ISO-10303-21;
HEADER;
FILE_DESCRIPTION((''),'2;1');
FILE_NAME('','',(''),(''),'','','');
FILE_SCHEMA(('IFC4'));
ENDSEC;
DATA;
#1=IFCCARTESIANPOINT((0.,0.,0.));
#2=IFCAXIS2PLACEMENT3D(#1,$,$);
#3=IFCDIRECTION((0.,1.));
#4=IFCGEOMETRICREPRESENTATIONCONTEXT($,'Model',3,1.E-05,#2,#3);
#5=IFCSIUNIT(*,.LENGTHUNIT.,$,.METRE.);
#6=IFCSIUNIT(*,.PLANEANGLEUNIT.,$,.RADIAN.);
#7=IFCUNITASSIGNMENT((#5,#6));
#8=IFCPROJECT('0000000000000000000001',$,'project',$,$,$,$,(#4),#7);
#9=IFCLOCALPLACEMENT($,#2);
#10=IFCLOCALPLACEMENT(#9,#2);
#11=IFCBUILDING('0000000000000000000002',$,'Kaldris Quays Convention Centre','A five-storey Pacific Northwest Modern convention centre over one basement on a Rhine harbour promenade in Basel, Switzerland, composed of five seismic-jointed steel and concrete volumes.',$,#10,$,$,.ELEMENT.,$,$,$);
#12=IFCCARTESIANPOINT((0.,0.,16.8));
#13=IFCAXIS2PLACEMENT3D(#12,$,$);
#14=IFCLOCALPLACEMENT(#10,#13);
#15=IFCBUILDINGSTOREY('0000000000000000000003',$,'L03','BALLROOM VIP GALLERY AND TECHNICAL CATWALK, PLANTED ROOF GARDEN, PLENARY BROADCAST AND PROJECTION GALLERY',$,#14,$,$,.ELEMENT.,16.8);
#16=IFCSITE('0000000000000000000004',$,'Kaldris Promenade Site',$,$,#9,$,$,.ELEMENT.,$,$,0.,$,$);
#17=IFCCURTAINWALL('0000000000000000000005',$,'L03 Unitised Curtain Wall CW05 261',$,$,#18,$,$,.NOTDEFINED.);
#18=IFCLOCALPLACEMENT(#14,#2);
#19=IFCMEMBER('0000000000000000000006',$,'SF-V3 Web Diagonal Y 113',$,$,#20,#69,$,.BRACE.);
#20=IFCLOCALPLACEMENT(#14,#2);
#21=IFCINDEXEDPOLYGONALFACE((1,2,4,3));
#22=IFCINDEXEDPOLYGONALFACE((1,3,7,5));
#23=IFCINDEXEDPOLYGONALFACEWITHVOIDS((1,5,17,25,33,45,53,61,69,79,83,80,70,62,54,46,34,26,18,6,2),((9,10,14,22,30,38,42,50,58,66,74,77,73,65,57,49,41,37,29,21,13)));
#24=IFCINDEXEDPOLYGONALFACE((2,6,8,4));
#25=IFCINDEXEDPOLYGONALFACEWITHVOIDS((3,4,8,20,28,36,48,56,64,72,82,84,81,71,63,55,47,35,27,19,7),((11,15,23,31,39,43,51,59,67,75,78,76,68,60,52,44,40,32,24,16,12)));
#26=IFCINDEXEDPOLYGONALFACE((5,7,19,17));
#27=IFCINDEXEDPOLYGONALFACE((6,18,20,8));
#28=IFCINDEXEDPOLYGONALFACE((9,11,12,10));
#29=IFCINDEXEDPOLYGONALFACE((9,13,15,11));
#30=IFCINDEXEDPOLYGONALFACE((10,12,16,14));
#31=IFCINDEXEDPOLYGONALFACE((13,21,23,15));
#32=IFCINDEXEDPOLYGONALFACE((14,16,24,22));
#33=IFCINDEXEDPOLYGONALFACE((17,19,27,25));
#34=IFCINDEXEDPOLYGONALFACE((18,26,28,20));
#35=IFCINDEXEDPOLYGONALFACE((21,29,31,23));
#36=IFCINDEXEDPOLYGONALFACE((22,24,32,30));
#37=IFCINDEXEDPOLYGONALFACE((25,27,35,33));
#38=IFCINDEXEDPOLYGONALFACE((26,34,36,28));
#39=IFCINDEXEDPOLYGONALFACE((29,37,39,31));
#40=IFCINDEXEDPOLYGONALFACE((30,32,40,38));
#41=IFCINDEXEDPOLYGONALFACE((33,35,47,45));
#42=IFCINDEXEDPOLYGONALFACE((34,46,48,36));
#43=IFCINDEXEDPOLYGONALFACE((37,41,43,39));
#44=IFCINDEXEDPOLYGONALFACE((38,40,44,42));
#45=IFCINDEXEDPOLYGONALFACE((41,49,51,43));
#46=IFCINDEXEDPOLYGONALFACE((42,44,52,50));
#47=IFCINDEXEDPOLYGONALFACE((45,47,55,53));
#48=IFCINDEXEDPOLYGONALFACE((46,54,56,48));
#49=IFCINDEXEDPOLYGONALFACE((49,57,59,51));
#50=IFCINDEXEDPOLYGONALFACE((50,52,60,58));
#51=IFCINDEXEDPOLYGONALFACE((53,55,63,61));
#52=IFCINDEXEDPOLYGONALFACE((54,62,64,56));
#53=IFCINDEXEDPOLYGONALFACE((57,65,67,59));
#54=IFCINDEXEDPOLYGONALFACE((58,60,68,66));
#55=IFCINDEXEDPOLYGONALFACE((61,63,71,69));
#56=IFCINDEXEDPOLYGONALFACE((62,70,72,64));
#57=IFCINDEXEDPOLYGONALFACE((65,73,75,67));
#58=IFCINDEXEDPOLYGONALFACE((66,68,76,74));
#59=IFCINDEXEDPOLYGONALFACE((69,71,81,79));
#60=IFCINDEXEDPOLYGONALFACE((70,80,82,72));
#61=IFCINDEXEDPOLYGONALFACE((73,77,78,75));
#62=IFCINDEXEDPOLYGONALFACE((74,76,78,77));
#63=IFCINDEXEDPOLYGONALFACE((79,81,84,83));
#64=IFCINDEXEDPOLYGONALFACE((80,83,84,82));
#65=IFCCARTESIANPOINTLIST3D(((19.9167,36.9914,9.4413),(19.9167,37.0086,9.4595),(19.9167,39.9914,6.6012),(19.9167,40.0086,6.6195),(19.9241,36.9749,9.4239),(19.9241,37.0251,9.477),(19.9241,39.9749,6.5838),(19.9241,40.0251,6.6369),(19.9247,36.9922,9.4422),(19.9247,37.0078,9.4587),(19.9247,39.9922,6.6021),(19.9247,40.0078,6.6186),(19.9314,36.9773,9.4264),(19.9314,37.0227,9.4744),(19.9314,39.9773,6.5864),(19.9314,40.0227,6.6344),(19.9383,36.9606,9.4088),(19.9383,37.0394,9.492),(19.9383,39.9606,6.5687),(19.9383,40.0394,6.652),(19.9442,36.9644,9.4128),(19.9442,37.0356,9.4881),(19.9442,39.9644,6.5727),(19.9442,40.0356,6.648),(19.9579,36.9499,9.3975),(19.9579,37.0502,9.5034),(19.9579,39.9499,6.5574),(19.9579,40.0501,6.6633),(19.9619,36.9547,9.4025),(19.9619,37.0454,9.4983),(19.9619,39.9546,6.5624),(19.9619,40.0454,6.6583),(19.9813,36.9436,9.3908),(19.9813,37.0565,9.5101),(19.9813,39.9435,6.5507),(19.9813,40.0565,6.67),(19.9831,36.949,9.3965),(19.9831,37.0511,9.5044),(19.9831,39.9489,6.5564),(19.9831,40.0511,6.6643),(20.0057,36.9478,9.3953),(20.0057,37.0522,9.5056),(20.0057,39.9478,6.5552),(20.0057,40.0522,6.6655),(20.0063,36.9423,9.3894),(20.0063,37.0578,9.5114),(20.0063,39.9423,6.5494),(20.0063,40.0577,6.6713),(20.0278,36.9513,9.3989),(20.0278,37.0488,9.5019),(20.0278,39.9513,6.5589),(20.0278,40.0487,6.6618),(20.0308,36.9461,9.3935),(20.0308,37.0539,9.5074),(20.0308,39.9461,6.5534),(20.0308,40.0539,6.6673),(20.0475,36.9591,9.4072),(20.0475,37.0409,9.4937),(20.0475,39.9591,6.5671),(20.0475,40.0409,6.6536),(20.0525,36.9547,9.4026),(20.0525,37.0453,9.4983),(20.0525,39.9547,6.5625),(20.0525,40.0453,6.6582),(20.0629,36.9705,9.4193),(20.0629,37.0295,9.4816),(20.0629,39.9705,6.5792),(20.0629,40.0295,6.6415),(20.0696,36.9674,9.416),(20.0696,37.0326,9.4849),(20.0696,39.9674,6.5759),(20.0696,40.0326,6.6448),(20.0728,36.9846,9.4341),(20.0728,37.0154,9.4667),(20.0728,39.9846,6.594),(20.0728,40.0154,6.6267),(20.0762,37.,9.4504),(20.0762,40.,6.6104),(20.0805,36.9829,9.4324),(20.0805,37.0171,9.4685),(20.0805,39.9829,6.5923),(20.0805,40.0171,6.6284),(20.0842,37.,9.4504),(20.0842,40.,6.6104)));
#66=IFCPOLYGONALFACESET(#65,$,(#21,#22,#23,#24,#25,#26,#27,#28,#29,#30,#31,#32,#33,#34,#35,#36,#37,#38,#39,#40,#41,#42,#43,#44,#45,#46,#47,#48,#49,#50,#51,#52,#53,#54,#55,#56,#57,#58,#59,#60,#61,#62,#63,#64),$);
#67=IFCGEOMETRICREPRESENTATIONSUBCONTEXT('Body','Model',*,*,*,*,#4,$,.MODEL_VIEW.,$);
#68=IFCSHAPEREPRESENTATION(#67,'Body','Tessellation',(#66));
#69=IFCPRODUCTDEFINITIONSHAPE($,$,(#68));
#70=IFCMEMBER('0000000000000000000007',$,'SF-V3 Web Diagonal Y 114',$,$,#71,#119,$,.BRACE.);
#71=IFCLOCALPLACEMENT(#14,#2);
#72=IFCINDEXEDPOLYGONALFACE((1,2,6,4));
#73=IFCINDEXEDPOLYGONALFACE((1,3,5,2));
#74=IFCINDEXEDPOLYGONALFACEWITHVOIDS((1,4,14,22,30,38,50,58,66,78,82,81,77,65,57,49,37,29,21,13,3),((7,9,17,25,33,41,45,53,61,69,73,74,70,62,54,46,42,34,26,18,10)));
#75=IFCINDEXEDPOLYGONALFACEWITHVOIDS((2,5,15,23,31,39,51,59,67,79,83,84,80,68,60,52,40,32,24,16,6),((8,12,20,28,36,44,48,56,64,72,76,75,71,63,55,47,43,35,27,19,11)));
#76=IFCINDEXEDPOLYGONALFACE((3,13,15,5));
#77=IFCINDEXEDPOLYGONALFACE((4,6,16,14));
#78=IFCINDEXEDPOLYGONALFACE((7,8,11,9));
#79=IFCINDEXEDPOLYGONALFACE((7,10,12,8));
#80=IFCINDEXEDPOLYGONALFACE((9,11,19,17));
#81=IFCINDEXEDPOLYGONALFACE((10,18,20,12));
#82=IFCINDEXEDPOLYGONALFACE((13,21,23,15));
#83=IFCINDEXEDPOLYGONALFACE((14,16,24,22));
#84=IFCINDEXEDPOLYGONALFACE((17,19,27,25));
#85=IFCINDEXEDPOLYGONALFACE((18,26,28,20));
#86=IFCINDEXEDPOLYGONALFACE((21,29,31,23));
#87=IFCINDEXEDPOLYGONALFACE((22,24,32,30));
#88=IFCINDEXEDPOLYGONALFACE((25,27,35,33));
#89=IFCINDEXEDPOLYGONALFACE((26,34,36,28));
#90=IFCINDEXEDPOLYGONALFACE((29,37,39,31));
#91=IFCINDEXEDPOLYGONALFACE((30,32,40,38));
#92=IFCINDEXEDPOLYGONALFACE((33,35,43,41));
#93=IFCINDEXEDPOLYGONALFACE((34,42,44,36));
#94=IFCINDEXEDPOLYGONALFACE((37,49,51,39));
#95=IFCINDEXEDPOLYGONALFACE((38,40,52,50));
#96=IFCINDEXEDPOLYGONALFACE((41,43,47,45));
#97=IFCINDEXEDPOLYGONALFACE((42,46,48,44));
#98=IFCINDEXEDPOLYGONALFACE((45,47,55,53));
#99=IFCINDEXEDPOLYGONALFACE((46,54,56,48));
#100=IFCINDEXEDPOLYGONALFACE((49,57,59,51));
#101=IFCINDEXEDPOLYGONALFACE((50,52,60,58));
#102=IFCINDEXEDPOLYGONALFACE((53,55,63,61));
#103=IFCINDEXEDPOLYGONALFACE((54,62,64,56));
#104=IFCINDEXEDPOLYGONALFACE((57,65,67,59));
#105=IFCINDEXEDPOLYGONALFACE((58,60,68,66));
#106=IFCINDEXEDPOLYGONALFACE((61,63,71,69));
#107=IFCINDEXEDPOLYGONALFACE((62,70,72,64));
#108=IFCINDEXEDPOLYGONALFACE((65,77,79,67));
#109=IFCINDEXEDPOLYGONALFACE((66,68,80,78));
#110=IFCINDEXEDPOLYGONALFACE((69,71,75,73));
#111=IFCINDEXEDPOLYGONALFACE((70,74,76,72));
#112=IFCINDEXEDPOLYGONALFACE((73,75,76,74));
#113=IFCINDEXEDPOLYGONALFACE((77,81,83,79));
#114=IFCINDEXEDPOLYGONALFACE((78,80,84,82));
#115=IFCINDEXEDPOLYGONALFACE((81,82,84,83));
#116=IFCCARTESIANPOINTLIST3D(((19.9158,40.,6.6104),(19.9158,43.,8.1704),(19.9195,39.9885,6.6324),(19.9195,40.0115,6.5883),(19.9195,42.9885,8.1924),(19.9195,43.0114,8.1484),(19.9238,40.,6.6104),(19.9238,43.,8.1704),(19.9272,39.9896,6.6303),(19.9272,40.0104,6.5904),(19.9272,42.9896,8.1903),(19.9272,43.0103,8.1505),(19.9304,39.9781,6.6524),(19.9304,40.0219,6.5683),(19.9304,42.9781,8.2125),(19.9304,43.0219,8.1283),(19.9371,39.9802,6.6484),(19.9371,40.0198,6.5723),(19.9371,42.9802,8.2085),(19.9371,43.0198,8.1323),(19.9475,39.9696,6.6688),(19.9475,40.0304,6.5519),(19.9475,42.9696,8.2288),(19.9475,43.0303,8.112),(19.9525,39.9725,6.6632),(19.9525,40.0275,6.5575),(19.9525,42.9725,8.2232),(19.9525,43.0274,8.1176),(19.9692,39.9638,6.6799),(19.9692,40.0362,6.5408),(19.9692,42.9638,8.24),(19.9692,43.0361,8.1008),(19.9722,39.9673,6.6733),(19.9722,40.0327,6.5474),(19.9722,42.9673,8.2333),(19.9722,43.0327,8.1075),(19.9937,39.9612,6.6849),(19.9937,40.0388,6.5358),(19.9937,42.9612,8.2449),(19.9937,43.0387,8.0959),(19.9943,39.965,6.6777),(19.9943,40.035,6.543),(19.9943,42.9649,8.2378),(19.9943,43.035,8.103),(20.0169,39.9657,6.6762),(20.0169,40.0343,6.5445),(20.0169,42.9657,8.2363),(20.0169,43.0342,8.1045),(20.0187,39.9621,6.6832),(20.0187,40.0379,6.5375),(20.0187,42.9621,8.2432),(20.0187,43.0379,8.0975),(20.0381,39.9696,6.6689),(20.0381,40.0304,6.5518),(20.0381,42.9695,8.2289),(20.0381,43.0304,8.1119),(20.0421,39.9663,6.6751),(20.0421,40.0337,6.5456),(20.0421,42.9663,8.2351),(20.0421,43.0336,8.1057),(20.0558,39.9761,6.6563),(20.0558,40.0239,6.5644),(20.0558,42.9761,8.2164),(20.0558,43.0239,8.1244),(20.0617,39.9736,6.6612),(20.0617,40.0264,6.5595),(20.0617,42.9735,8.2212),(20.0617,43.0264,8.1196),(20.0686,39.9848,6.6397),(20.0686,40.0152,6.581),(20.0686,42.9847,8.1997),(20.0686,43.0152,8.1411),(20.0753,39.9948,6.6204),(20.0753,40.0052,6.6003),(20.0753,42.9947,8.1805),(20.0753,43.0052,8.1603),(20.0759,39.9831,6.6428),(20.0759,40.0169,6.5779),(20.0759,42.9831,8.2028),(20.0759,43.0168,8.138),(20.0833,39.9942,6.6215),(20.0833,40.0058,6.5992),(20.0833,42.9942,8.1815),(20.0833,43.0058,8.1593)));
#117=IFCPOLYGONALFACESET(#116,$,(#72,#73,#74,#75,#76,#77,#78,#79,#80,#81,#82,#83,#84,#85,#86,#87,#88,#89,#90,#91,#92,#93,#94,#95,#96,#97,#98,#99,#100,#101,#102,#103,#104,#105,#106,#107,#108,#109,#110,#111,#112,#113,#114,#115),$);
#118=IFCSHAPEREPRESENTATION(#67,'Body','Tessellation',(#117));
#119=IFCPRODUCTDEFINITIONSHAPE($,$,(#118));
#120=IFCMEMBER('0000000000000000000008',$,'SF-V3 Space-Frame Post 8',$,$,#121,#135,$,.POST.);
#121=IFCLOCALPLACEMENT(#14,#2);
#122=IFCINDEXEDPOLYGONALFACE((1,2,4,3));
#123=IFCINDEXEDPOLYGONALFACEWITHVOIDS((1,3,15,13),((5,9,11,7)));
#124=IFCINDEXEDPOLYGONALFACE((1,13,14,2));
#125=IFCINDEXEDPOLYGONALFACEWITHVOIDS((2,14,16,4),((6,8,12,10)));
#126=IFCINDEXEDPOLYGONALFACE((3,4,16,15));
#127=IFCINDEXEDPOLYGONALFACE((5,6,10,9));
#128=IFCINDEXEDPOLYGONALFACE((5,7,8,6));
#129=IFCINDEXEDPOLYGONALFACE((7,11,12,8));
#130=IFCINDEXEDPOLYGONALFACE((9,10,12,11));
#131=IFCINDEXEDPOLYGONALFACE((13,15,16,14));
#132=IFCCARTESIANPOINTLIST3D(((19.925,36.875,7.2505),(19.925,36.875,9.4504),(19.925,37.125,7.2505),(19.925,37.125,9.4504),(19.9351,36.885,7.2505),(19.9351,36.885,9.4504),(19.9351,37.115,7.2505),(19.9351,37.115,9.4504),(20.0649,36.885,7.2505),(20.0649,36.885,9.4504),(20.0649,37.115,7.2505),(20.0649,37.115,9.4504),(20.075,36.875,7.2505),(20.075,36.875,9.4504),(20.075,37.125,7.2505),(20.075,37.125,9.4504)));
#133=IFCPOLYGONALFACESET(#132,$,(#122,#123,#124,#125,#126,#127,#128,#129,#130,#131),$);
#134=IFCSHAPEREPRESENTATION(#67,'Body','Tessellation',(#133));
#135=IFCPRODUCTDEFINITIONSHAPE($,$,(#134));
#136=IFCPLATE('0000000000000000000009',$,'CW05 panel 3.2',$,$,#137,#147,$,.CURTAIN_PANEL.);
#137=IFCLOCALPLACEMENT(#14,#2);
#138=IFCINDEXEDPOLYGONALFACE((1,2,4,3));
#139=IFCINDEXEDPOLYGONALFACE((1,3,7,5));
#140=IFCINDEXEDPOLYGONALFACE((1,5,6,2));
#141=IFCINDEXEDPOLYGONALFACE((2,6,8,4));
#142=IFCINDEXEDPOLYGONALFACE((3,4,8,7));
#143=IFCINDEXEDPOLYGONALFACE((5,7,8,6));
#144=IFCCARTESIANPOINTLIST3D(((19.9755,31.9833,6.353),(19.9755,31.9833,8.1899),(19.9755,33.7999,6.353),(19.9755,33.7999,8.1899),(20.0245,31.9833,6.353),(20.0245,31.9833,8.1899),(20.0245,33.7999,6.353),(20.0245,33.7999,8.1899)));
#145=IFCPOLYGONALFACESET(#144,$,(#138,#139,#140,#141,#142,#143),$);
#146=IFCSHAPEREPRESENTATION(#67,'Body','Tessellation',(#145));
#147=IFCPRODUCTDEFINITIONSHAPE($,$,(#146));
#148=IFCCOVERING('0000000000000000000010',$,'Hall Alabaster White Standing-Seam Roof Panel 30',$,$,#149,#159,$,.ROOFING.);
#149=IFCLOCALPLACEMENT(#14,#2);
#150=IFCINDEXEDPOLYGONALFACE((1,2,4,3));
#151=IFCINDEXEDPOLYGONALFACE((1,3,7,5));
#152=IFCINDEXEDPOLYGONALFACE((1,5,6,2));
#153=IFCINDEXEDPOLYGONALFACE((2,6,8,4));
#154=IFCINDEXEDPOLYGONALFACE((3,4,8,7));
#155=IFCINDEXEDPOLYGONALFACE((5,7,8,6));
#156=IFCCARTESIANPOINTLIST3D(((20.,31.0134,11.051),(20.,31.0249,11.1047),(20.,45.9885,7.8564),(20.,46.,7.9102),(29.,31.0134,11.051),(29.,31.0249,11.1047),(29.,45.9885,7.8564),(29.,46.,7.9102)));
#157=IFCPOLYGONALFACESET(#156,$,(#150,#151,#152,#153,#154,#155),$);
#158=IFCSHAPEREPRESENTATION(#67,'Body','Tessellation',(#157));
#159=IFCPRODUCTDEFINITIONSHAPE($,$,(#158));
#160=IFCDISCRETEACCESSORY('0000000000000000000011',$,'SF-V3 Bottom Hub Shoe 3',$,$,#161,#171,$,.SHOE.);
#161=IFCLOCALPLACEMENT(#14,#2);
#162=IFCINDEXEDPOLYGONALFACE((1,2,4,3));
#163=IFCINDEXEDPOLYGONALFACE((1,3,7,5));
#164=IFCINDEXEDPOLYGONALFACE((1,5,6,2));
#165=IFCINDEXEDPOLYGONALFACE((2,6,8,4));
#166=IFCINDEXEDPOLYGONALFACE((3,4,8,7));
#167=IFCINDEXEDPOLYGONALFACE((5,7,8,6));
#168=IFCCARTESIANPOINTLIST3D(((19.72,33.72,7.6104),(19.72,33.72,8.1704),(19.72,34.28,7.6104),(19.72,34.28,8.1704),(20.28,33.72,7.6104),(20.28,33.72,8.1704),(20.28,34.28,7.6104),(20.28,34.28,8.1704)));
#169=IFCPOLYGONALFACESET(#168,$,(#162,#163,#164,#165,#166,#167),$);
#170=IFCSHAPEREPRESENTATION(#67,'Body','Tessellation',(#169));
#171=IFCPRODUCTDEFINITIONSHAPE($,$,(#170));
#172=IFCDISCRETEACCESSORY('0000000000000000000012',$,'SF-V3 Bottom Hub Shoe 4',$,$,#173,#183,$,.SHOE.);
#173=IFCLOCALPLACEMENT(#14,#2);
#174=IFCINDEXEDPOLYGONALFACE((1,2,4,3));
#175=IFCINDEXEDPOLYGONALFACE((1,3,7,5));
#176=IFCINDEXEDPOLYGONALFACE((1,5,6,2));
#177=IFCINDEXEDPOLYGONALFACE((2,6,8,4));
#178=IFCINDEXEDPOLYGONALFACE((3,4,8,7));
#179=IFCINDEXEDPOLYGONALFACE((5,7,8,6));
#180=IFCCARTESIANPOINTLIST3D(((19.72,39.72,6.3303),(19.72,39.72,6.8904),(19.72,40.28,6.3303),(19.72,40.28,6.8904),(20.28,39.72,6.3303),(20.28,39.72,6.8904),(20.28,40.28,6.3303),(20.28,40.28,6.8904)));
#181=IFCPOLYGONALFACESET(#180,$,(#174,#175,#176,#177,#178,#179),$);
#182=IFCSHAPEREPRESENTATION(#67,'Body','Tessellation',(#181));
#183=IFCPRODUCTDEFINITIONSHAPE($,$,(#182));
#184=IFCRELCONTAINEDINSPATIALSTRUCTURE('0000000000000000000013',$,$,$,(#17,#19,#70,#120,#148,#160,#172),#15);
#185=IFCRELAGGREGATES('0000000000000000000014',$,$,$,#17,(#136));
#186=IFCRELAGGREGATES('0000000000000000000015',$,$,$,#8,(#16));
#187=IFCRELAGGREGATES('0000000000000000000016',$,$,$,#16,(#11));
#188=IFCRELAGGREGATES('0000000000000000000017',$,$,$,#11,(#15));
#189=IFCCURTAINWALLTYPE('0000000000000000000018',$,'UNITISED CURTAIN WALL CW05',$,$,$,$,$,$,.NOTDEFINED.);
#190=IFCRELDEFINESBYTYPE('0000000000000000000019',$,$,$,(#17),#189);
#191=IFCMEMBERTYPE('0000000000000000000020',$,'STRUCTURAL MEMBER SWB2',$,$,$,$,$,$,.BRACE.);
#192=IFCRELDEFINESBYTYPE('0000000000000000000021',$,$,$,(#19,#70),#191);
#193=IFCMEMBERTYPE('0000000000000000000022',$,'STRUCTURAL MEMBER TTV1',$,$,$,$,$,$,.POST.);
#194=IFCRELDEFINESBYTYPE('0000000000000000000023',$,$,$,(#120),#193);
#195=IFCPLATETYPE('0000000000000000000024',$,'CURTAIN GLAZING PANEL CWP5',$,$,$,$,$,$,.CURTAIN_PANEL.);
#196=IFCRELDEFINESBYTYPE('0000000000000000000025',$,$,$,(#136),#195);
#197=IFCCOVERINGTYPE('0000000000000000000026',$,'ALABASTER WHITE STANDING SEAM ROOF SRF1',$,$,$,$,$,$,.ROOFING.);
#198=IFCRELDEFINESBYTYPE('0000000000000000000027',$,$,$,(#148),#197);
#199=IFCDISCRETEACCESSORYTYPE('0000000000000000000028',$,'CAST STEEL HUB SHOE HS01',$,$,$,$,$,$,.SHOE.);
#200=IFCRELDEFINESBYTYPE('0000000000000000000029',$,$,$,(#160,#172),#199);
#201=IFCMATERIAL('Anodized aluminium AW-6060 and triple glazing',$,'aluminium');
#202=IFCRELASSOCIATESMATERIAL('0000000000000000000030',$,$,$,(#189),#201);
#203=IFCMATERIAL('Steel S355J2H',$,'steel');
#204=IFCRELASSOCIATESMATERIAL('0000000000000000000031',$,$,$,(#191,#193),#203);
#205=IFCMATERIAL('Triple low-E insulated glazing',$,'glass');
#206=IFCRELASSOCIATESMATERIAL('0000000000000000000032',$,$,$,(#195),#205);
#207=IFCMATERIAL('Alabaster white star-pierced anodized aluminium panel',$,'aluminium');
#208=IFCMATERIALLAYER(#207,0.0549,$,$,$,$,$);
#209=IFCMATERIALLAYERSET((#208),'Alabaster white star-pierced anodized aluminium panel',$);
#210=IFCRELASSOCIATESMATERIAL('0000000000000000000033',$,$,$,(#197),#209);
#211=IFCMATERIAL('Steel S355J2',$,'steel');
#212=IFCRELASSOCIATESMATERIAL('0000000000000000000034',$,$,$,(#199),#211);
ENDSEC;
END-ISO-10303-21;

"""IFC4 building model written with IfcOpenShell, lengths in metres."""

from ifc_helpers import new_model, si_unit, direction, frame, origin, origin_2d, place, context, subcontext, project, spatial, polyline, rectangle, hollow_rectangle, hollow_circle, outline, extrude, material, layer, layer_set, material_profile, profile_set, type_object, element, aggregate, save


model = new_model("IFC4")

# Units and contexts
model_context = context("Model", 3, precision=1e-05, world=origin(), true_north=direction((0.0, 1.0)))
body_context = subcontext(model_context, "Body", "Model", "MODEL_VIEW")
ifc_project = project(units=[si_unit("LENGTHUNIT", "METRE"), si_unit("PLANEANGLEUNIT", "RADIAN")], contexts=[model_context])

# Site, building, storey
site_placement = place(None, origin())
site = spatial("IfcSite", under=ifc_project, at=site_placement, Name="Kaldris Promenade Site", CompositionType="ELEMENT", RefElevation=0.0)
building_placement = place(site_placement, origin())
building = spatial("IfcBuilding", under=site, at=building_placement, Name="Kaldris Quays Convention Centre", Description="A five-storey Pacific Northwest Modern convention centre over one basement on a Rhine harbour promenade in Basel, Switzerland, composed of five seismic-jointed steel and concrete volumes.", CompositionType="ELEMENT")
storey_placement = place(building_placement, frame((0.0, 0.0, 16.8)))
storey = spatial("IfcBuildingStorey", under=building, at=storey_placement, Name="L03", Description="BALLROOM VIP GALLERY AND TECHNICAL CATWALK, PLANTED ROOF GARDEN, PLENARY BROADCAST AND PROJECTION GALLERY", CompositionType="ELEMENT", Elevation=16.8)

# Curtain wall
ifc_material_1 = material(Name="Anodized aluminium AW-6060 and triple glazing", Category="aluminium")
curtain_wall_type = type_object("IfcCurtainWallType", Name="UNITISED CURTAIN WALL CW05", PredefinedType="NOTDEFINED", material=ifc_material_1)
curtain_wall_1_placement = place(storey_placement, origin())
curtain_wall_1 = element("IfcCurtainWall", 1, at=curtain_wall_1_placement, inside=storey, type_object=curtain_wall_type, Name="L03 Unitised Curtain Wall CW05 261", PredefinedType="NOTDEFINED")

# Members
ifc_material_2 = material(Name="Steel S355J2H", Category="steel")
ifc_material_profile_1 = material_profile(ifc_material_2, hollow_circle(Radius=0.0842, WallThickness=0.0081, at=origin_2d()), Name="CHS 168.3x8")
ifc_profile_set_1 = profile_set([ifc_material_profile_1], Name="Steel S355J2H")
member_type_1 = type_object("IfcMemberType", Name="STRUCTURAL MEMBER SWB2", PredefinedType="BRACE", material=ifc_profile_set_1)
member_1_placement = place(storey_placement, frame((20.0, 40.0, 6.6104), z_axis=(0.0, -0.726196, 0.687487), x_axis=(1.0, 0.0, 0.0)))
element("IfcMember", 2, at=member_1_placement, inside=storey, type_object=member_type_1, Name="SF-V3 Web Diagonal Y 113", PredefinedType="BRACE", context=body_context, shape_type="SweptSolid", body=[
    extrude(hollow_circle(Radius=0.0842, WallThickness=0.0081, at=origin_2d()), origin(), (0.0, 0.0, 1.0), 4.1311),
])
member_2_placement = place(storey_placement, frame((20.0, 40.0, 6.6104), z_axis=(0.0, 0.88721, 0.461366), x_axis=(-1.0, 0.0, 0.0)))
element("IfcMember", 3, at=member_2_placement, inside=storey, type_object=member_type_1, Name="SF-V3 Web Diagonal Y 114", PredefinedType="BRACE", context=body_context, shape_type="SweptSolid", body=[
    extrude(hollow_circle(Radius=0.0842, WallThickness=0.0081, at=origin_2d()), origin(), (0.0, 0.0, 1.0), 3.3813),
])
ifc_material_profile_2 = material_profile(ifc_material_2, hollow_rectangle(XDim=0.1499, YDim=0.25, WallThickness=0.01, at=origin_2d()), Name="RHS 250x150x10")
ifc_profile_set_2 = profile_set([ifc_material_profile_2], Name="Steel S355J2H")
member_type_2 = type_object("IfcMemberType", Name="STRUCTURAL MEMBER TTV1", PredefinedType="POST", material=ifc_profile_set_2)
member_3_placement = place(storey_placement, frame((20.0, 37.0, 7.2505), z_axis=(0.0, 0.0, 1.0), x_axis=(1.0, 0.0, 0.0)))
element("IfcMember", 4, at=member_3_placement, inside=storey, type_object=member_type_2, Name="SF-V3 Space-Frame Post 8", PredefinedType="POST", context=body_context, shape_type="SweptSolid", body=[
    extrude(hollow_rectangle(XDim=0.1499, YDim=0.25, WallThickness=0.01, at=origin_2d()), origin(), (0.0, 0.0, 1.0), 2.2),
])

# Plate
ifc_material_3 = material(Name="Triple low-E insulated glazing", Category="glass")
plate_type = type_object("IfcPlateType", Name="CURTAIN GLAZING PANEL CWP5", PredefinedType="CURTAIN_PANEL", material=ifc_material_3)
plate_placement = place(storey_placement, frame((20.0, 32.8916, 6.353), z_axis=(0.0, 0.0, 1.0), x_axis=(0.0, 1.0, 0.0)))
plate = element("IfcPlate", 5, at=plate_placement, type_object=plate_type, Name="CW05 panel 3.2", PredefinedType="CURTAIN_PANEL", context=body_context, shape_type="SweptSolid", body=[
    extrude(rectangle(XDim=1.8167, YDim=0.0491, at=origin_2d()), origin(), (0.0, 0.0, 1.0), 1.8369),
])
aggregate(curtain_wall_1, [plate])

# Covering
ifc_material_4 = material(Name="Alabaster white star-pierced anodized aluminium panel", Category="aluminium")
ifc_layer = layer(ifc_material_4, 0.0549)
ifc_layer_set = layer_set([ifc_layer], Name="Alabaster white star-pierced anodized aluminium panel")
covering_type = type_object("IfcCoveringType", Name="ALABASTER WHITE STANDING SEAM ROOF SRF1", PredefinedType="ROOFING", material=ifc_layer_set)
covering_placement = place(storey_placement, frame((20.0, 31.0249, 11.1047), z_axis=(0.0, 0.208632, 0.977994), x_axis=(1.0, 0.0, 0.0)))
element("IfcCovering", 6, at=covering_placement, inside=storey, type_object=covering_type, Name="Hall Alabaster White Standing-Seam Roof Panel 30", PredefinedType="ROOFING", context=body_context, shape_type="SweptSolid", body=[
    extrude(outline(polyline([(0.0, 0.0), (9.0, 0.0), (9.0, 15.3121), (0.0, 15.3121), (0.0, 0.0)])), origin(), (0.0, 0.0, -1.0), 0.0549),
])

# Discrete accessories
ifc_material_5 = material(Name="Steel S355J2", Category="steel")
discrete_accessory_type = type_object("IfcDiscreteAccessoryType", Name="CAST STEEL HUB SHOE HS01", PredefinedType="SHOE", material=ifc_material_5)
for number, where, z_axis, x_axis, name in (
    (7, (20.0, 34.0, 7.6104), (0.0, 0.0, 1.0), (1.0, 0.0, 0.0), "SF-V3 Bottom Hub Shoe 3"),
    (8, (20.0, 40.0, 6.3303), (0.0, 0.0, 1.0), (1.0, 0.0, 0.0), "SF-V3 Bottom Hub Shoe 4"),
):
    element("IfcDiscreteAccessory", number, at=place(storey_placement, frame(where, z_axis=z_axis, x_axis=x_axis)), inside=storey, type_object=discrete_accessory_type, Name=name, PredefinedType="SHOE", context=body_context, shape_type="SweptSolid", body=[
        extrude(rectangle(XDim=0.5601, YDim=0.5601, at=origin_2d()), origin(), (0.0, 0.0, 1.0), 0.5601),
    ])

save(model, "model.ifc")
